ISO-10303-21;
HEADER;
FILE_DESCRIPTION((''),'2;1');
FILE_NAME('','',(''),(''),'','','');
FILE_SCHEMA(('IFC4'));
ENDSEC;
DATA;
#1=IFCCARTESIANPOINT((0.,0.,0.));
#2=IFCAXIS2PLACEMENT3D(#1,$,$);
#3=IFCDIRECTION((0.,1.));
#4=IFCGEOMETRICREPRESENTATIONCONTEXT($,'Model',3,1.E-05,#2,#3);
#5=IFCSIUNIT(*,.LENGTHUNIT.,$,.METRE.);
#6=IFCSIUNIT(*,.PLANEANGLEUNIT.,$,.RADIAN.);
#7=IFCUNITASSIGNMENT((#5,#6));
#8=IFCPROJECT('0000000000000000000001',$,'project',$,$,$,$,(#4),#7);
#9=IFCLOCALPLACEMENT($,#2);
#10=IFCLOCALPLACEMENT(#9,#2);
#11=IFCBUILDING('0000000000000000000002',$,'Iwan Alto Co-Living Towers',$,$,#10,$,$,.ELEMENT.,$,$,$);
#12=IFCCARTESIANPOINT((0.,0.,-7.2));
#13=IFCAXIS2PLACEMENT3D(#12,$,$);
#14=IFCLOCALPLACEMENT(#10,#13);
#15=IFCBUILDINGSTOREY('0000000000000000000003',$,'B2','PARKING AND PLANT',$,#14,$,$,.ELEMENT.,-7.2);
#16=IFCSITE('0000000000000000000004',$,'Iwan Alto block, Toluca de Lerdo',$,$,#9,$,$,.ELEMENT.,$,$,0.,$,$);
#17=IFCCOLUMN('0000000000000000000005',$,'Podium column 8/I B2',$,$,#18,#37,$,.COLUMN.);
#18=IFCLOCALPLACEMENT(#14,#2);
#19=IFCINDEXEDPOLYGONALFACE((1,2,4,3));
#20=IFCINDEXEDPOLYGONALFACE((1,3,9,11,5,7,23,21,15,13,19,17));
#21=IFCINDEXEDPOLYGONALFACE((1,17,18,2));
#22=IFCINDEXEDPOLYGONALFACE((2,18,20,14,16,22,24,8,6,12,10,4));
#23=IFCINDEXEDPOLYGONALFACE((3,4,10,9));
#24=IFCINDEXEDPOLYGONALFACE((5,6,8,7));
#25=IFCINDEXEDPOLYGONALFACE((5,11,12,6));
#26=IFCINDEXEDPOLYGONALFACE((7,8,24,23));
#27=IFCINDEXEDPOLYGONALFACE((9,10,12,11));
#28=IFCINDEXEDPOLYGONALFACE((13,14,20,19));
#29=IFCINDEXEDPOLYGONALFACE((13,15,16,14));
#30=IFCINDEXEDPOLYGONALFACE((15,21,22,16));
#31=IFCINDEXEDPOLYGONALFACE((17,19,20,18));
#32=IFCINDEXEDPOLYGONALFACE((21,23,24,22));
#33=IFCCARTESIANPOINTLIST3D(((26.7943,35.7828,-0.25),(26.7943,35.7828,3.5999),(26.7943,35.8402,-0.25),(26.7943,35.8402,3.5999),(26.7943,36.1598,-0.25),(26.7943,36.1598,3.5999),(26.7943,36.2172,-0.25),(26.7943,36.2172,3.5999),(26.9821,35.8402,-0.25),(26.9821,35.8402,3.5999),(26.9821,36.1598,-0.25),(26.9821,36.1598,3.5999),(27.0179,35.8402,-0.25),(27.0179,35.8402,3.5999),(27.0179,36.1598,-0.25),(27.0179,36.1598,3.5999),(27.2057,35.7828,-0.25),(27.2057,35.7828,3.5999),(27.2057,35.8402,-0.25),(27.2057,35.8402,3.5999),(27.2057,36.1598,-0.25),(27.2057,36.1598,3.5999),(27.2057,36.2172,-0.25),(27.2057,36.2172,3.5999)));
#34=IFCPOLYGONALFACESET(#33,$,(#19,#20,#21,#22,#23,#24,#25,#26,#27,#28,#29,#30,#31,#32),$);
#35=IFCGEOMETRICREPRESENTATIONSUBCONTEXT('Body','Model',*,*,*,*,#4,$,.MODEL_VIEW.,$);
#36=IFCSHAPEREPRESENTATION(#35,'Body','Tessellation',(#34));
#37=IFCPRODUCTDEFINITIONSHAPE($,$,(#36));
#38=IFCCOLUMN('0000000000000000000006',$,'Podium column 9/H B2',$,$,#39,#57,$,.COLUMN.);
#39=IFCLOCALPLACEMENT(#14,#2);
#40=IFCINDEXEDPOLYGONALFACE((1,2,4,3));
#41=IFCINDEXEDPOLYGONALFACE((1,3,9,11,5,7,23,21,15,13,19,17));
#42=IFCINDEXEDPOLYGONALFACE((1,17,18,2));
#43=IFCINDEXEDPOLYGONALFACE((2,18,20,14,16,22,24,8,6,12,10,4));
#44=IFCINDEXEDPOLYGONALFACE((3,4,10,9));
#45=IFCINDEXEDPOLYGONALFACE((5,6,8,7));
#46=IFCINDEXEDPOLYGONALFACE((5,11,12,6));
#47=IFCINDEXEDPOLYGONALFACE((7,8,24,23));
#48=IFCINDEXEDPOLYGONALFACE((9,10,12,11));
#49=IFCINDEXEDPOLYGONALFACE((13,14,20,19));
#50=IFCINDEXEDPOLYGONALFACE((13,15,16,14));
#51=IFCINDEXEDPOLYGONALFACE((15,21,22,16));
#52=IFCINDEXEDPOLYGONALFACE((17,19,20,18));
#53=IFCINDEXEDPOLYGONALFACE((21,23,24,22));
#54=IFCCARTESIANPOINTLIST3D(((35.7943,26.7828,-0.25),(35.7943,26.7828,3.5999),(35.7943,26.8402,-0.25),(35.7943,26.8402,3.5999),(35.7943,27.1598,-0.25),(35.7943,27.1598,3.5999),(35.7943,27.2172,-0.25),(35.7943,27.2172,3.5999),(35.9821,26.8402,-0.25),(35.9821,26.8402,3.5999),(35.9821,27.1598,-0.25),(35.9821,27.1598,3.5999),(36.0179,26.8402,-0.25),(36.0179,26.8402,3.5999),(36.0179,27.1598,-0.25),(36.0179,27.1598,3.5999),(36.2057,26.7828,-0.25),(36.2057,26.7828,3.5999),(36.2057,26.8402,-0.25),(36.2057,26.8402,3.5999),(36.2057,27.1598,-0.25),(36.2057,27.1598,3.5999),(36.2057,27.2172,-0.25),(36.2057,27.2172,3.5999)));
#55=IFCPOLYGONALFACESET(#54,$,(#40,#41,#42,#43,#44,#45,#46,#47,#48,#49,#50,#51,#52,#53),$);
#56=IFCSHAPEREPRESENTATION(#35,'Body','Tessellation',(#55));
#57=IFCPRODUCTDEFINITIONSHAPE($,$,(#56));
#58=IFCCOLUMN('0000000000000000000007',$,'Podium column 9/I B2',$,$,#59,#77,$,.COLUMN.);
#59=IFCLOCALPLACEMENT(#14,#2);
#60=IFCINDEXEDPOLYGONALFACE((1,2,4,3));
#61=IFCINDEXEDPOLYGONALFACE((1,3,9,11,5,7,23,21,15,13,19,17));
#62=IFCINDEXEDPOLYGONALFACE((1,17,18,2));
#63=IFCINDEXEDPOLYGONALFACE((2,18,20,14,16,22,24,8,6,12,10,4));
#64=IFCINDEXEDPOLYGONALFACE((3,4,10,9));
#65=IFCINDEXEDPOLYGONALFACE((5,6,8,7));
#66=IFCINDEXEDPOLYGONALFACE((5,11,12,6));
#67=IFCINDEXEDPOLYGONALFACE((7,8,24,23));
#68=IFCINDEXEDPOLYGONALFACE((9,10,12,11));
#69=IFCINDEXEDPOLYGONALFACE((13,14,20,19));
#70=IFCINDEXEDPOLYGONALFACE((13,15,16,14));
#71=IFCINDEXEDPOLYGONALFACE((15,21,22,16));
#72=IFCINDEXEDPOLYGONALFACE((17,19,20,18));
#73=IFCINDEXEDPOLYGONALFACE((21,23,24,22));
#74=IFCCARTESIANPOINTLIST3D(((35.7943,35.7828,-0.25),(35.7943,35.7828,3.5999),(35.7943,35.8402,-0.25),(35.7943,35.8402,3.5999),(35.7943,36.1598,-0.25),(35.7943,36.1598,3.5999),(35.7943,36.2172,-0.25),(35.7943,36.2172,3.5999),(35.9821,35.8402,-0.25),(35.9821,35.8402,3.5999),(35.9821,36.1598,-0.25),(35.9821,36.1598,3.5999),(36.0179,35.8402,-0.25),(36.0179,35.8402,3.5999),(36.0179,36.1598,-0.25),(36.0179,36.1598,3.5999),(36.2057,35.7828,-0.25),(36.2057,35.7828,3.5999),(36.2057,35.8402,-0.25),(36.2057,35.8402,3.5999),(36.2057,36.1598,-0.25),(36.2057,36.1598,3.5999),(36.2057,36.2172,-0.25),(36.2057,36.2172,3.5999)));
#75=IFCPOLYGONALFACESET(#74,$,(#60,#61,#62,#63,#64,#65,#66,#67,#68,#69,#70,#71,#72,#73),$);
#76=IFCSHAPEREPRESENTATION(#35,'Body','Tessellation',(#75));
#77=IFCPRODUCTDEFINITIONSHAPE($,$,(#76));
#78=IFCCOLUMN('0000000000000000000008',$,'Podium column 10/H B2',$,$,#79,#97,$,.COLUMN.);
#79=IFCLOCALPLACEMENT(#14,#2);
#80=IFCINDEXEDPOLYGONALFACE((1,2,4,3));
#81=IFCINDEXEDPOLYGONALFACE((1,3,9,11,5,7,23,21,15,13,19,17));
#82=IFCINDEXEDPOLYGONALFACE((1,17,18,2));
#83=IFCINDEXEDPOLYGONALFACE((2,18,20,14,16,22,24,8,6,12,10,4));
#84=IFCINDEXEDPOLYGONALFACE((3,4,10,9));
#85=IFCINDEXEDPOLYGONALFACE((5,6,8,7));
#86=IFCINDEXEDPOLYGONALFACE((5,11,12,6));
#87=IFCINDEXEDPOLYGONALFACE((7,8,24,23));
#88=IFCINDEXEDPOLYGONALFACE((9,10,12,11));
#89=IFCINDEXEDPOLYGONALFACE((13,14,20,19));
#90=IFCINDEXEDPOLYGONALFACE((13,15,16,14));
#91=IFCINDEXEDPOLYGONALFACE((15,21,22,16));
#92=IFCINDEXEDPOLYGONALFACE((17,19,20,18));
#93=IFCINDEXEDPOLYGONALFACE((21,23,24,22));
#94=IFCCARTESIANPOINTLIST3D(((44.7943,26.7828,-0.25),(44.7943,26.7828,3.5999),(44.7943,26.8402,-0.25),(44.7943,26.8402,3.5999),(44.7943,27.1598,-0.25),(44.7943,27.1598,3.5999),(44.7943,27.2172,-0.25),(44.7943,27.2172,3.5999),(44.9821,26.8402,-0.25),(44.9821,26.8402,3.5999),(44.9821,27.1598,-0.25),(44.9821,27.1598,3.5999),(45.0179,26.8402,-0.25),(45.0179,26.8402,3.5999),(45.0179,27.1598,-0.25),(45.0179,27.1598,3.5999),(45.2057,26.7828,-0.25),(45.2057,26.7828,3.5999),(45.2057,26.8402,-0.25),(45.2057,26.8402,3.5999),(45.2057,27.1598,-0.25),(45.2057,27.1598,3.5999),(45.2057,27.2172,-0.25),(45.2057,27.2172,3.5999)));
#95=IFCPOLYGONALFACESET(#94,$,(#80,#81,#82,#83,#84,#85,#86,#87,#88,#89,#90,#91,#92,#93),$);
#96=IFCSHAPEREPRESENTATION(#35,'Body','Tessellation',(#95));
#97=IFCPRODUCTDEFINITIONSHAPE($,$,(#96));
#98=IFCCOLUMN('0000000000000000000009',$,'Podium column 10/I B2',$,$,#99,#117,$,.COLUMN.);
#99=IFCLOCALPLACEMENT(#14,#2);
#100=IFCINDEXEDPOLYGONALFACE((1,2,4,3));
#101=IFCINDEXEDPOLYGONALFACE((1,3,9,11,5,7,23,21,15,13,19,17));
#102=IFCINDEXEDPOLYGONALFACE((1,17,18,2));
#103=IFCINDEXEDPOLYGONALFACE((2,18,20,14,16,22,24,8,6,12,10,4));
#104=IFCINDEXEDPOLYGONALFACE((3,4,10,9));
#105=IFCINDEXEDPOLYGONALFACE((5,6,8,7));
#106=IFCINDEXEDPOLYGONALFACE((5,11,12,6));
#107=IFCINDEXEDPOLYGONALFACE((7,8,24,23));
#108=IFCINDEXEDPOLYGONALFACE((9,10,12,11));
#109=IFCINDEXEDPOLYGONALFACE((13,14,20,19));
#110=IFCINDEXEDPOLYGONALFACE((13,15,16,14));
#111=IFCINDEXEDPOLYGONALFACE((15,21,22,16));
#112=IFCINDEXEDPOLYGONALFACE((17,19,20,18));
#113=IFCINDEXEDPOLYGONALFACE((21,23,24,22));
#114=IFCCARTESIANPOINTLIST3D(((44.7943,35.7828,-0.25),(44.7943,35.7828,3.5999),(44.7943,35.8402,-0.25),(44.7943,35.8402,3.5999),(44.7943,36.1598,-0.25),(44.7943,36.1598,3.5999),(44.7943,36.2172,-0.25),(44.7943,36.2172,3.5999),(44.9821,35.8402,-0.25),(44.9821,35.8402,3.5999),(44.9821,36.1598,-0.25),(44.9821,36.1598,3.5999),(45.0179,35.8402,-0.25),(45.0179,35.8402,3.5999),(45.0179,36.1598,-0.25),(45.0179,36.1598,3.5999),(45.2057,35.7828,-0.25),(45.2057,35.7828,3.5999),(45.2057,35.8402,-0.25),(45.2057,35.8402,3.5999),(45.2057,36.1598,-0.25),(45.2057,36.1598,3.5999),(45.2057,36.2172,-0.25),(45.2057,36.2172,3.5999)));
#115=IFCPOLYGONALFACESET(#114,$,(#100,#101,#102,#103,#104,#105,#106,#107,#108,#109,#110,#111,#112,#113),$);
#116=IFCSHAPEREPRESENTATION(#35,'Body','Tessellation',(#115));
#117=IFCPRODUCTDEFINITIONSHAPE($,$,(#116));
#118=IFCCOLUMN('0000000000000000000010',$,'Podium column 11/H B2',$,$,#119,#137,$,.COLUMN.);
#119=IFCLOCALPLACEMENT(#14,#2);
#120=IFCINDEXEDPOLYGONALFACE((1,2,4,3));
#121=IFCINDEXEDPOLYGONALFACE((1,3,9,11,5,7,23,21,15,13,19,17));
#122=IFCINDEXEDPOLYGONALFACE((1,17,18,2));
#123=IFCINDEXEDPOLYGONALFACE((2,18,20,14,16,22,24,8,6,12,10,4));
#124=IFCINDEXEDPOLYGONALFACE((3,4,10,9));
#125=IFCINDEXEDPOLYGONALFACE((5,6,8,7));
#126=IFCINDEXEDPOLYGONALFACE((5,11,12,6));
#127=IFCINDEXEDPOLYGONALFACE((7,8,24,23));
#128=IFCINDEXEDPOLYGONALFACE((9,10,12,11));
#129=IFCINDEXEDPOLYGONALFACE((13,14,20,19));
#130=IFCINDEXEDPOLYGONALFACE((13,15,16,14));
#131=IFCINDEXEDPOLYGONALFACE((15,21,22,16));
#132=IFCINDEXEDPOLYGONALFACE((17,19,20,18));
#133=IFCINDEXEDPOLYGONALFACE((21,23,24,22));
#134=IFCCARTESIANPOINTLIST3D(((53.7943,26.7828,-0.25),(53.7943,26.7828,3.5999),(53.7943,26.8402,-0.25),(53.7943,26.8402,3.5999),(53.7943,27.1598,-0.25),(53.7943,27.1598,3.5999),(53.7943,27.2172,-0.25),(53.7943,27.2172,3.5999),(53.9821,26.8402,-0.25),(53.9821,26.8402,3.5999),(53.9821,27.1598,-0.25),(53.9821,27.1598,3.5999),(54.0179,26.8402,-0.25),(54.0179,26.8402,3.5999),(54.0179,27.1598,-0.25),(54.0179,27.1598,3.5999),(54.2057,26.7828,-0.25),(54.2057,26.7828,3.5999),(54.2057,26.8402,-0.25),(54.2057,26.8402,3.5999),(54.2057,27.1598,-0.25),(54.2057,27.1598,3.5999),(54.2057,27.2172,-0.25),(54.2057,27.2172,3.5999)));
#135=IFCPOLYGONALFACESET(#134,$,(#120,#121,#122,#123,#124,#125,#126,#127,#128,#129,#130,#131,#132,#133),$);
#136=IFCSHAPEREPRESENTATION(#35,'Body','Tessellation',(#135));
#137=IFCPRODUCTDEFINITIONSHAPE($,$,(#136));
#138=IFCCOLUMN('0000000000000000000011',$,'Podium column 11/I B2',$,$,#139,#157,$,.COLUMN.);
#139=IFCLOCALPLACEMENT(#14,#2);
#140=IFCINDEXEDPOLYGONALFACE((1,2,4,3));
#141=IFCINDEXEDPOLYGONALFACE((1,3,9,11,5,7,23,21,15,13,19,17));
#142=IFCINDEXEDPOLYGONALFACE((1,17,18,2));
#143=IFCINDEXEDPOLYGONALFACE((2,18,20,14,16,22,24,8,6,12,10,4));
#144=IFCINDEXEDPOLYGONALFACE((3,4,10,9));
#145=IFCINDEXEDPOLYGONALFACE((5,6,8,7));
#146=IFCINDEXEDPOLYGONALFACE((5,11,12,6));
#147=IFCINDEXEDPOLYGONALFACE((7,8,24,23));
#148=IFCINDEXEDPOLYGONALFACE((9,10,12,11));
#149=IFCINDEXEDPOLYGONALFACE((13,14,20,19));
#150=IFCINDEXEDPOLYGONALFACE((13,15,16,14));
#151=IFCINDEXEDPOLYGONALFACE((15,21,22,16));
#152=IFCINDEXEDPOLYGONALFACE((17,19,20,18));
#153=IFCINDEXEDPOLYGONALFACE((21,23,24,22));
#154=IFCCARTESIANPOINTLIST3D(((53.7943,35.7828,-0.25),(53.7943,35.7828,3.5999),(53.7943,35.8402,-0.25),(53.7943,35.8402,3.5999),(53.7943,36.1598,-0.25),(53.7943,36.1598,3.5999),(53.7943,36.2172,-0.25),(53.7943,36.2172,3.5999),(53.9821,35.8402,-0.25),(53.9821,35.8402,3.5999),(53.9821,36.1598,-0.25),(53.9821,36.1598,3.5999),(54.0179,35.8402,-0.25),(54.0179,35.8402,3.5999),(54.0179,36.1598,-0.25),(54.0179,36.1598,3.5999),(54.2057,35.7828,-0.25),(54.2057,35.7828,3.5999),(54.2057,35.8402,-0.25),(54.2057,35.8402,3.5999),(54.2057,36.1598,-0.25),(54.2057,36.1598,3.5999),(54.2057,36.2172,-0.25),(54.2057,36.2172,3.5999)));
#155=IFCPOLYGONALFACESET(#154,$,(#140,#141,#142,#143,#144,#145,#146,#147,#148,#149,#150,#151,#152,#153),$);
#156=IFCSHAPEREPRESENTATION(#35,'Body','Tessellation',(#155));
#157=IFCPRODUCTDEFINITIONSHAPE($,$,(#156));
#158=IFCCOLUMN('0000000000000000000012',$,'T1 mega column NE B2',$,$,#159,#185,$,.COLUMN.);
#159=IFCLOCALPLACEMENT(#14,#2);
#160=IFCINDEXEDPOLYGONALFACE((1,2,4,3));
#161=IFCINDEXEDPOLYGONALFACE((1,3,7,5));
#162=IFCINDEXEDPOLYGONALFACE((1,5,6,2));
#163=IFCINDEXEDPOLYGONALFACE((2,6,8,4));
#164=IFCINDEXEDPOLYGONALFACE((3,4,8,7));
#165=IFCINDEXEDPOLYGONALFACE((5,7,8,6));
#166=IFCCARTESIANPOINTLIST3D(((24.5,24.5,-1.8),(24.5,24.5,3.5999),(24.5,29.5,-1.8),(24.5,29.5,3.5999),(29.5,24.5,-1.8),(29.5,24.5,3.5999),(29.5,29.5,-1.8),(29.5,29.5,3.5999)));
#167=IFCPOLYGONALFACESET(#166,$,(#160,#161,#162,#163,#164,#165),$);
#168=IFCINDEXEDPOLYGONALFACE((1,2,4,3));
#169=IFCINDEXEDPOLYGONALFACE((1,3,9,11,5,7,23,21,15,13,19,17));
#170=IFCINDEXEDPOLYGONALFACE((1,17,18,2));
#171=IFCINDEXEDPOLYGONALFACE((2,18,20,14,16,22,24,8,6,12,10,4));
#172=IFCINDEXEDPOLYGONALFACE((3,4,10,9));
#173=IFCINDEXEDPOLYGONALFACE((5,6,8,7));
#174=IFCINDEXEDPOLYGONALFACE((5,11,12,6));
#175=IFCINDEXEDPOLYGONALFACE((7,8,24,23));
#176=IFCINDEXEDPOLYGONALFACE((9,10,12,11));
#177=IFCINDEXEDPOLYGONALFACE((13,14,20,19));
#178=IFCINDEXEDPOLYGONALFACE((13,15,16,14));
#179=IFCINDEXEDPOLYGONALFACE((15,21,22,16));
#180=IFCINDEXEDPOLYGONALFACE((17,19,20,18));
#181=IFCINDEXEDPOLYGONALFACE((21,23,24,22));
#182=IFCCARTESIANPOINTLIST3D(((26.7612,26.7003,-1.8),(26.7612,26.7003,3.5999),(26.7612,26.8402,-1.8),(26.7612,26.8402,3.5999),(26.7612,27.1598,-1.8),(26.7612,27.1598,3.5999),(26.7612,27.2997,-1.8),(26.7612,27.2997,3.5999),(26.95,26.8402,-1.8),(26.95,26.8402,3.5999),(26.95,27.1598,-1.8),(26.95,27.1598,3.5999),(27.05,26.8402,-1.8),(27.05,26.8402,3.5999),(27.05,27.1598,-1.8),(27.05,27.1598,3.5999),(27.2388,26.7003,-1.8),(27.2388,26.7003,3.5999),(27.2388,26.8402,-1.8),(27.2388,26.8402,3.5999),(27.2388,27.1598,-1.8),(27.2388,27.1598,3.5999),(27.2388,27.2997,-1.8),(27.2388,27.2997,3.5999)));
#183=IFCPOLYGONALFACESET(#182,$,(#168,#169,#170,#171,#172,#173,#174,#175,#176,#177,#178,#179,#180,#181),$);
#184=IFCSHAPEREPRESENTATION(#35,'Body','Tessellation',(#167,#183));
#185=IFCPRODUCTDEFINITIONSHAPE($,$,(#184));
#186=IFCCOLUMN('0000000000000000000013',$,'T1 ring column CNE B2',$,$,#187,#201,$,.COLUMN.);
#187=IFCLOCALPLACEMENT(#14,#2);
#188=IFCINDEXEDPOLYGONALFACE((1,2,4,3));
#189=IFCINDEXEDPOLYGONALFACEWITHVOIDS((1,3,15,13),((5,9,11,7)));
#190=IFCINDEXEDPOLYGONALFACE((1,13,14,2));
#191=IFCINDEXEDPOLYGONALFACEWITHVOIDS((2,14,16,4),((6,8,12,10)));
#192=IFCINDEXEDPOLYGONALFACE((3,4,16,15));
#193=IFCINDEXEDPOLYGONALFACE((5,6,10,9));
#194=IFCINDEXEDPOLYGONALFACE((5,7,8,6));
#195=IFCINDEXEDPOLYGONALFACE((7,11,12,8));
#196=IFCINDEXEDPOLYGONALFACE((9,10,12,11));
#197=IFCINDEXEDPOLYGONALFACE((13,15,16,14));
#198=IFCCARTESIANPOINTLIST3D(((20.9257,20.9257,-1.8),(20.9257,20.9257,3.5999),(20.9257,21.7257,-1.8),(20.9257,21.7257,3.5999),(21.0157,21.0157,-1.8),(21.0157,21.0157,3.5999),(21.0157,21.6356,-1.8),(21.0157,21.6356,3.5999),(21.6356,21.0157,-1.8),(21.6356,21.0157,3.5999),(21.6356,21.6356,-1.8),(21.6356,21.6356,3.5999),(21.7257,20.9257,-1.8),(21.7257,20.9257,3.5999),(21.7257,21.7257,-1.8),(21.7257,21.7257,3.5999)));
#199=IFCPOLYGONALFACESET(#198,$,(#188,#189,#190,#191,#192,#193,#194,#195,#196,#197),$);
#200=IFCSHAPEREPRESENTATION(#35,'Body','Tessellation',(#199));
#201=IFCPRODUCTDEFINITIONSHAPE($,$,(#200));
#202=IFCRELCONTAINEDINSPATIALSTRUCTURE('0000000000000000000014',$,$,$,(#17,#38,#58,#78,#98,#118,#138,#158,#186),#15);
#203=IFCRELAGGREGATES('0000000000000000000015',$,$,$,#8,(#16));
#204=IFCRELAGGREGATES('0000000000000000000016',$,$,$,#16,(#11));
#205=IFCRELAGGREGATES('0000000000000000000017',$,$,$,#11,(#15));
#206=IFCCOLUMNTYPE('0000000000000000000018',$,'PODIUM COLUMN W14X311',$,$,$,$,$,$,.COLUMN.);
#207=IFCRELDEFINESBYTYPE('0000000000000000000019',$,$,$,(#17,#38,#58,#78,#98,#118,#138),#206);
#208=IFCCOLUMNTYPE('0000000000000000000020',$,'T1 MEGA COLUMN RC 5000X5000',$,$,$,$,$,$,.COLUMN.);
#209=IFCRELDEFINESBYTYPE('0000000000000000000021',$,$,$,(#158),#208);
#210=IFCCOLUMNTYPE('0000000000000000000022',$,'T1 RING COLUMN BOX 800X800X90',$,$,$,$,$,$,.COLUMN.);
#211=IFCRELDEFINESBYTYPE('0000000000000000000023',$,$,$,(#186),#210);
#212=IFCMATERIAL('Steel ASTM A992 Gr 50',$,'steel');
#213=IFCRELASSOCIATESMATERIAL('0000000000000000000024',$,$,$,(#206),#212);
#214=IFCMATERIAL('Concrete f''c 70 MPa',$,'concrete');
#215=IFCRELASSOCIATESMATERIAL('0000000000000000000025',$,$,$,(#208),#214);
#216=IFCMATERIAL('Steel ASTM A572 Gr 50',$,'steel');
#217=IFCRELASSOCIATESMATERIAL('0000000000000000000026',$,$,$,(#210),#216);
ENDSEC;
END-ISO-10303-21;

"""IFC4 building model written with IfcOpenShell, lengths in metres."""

from ifc_helpers import new_model, si_unit, direction, frame, origin, origin_2d, place, context, subcontext, project, spatial, rectangle, hollow_rectangle, i_section, extrude, material, material_profile, profile_set, type_object, element, save


model = new_model("IFC4")

# Units and contexts
model_context = context("Model", 3, precision=1e-05, world=origin(), true_north=direction((0.0, 1.0)))
body_context = subcontext(model_context, "Body", "Model", "MODEL_VIEW")
ifc_project = project(units=[si_unit("LENGTHUNIT", "METRE"), si_unit("PLANEANGLEUNIT", "RADIAN")], contexts=[model_context])

# Site, building, storey
site_placement = place(None, origin())
site = spatial("IfcSite", under=ifc_project, at=site_placement, Name="Iwan Alto block, Toluca de Lerdo", CompositionType="ELEMENT", RefElevation=0.0)
building_placement = place(site_placement, origin())
building = spatial("IfcBuilding", under=site, at=building_placement, Name="Iwan Alto Co-Living Towers", CompositionType="ELEMENT")
storey_placement = place(building_placement, frame((0.0, 0.0, -7.2)))
storey = spatial("IfcBuildingStorey", under=building, at=storey_placement, Name="B2", Description="PARKING AND PLANT", CompositionType="ELEMENT", Elevation=-7.2)

# Columns
ifc_material_1 = material(Name="Steel ASTM A992 Gr 50", Category="steel")
ifc_material_profile_1 = material_profile(ifc_material_1, i_section(OverallWidth=0.4114, OverallDepth=0.4343, WebThickness=0.0359, FlangeThickness=0.0574, at=origin_2d()), Name="W14X311")
ifc_profile_set_1 = profile_set([ifc_material_profile_1], Name="Steel ASTM A992 Gr 50")
column_type_1 = type_object("IfcColumnType", Name="PODIUM COLUMN W14X311", PredefinedType="COLUMN", material=ifc_profile_set_1)
for number, where, z_axis, x_axis, name in (
    (1, (27.0, 36.0, -0.25), (0.0, 0.0, 1.0), (1.0, 0.0, 0.0), "Podium column 8/I B2"),
    (2, (36.0, 27.0, -0.25), (0.0, 0.0, 1.0), (1.0, 0.0, 0.0), "Podium column 9/H B2"),
    (3, (36.0, 36.0, -0.25), (0.0, 0.0, 1.0), (1.0, 0.0, 0.0), "Podium column 9/I B2"),
    (4, (45.0, 27.0, -0.25), (0.0, 0.0, 1.0), (1.0, 0.0, 0.0), "Podium column 10/H B2"),
    (5, (45.0, 36.0, -0.25), (0.0, 0.0, 1.0), (1.0, 0.0, 0.0), "Podium column 10/I B2"),
    (6, (54.0, 27.0, -0.25), (0.0, 0.0, 1.0), (1.0, 0.0, 0.0), "Podium column 11/H B2"),
    (7, (54.0, 36.0, -0.25), (0.0, 0.0, 1.0), (1.0, 0.0, 0.0), "Podium column 11/I B2"),
):
    element("IfcColumn", number, at=place(storey_placement, frame(where, z_axis=z_axis, x_axis=x_axis)), inside=storey, type_object=column_type_1, Name=name, PredefinedType="COLUMN", context=body_context, shape_type="SweptSolid", body=[
        extrude(i_section(OverallWidth=0.4114, OverallDepth=0.4343, WebThickness=0.0359, FlangeThickness=0.0574, at=origin_2d()), origin(), (0.0, 0.0, 1.0), 3.8499),
    ])
ifc_material_2 = material(Name="Concrete f'c 70 MPa", Category="concrete")
ifc_material_profile_2 = material_profile(ifc_material_2, rectangle(XDim=5.0, YDim=5.0, at=origin_2d()), Name="RC 5000X5000")
ifc_profile_set_2 = profile_set([ifc_material_profile_2], Name="Concrete f'c 70 MPa")
column_type_2 = type_object("IfcColumnType", Name="T1 MEGA COLUMN RC 5000X5000", PredefinedType="COLUMN", material=ifc_profile_set_2)
column_1_placement = place(storey_placement, frame((27.0, 27.0, -1.8), z_axis=(0.0, 0.0, 1.0), x_axis=(1.0, 0.0, 0.0)))
element("IfcColumn", 8, at=column_1_placement, inside=storey, type_object=column_type_2, Name="T1 mega column NE B2", PredefinedType="COLUMN", context=body_context, shape_type="SweptSolid", body=[
    extrude(rectangle(XDim=5.0, YDim=5.0, at=origin_2d()), origin(), (0.0, 0.0, 1.0), 5.3999),
    extrude(i_section(OverallWidth=0.4775, OverallDepth=0.5994, WebThickness=0.1001, FlangeThickness=0.1399, at=origin_2d()), origin(), (0.0, 0.0, 1.0), 5.3999),
])
ifc_material_3 = material(Name="Steel ASTM A572 Gr 50", Category="steel")
ifc_material_profile_3 = material_profile(ifc_material_3, hollow_rectangle(XDim=0.8, YDim=0.8, WallThickness=0.0901, at=origin_2d()), Name="BOX 800X800X90")
ifc_profile_set_3 = profile_set([ifc_material_profile_3], Name="Steel ASTM A572 Gr 50")
column_type_3 = type_object("IfcColumnType", Name="T1 RING COLUMN BOX 800X800X90", PredefinedType="COLUMN", material=ifc_profile_set_3)
column_2_placement = place(storey_placement, frame((21.3257, 21.3257, -1.8), z_axis=(0.0, 0.0, 1.0), x_axis=(1.0, 0.0, 0.0)))
element("IfcColumn", 9, at=column_2_placement, inside=storey, type_object=column_type_3, Name="T1 ring column CNE B2", PredefinedType="COLUMN", context=body_context, shape_type="SweptSolid", body=[
    extrude(hollow_rectangle(XDim=0.8, YDim=0.8, WallThickness=0.0901, at=origin_2d()), origin(), (0.0, 0.0, 1.0), 5.3999),
])

save(model, "model.ifc")
